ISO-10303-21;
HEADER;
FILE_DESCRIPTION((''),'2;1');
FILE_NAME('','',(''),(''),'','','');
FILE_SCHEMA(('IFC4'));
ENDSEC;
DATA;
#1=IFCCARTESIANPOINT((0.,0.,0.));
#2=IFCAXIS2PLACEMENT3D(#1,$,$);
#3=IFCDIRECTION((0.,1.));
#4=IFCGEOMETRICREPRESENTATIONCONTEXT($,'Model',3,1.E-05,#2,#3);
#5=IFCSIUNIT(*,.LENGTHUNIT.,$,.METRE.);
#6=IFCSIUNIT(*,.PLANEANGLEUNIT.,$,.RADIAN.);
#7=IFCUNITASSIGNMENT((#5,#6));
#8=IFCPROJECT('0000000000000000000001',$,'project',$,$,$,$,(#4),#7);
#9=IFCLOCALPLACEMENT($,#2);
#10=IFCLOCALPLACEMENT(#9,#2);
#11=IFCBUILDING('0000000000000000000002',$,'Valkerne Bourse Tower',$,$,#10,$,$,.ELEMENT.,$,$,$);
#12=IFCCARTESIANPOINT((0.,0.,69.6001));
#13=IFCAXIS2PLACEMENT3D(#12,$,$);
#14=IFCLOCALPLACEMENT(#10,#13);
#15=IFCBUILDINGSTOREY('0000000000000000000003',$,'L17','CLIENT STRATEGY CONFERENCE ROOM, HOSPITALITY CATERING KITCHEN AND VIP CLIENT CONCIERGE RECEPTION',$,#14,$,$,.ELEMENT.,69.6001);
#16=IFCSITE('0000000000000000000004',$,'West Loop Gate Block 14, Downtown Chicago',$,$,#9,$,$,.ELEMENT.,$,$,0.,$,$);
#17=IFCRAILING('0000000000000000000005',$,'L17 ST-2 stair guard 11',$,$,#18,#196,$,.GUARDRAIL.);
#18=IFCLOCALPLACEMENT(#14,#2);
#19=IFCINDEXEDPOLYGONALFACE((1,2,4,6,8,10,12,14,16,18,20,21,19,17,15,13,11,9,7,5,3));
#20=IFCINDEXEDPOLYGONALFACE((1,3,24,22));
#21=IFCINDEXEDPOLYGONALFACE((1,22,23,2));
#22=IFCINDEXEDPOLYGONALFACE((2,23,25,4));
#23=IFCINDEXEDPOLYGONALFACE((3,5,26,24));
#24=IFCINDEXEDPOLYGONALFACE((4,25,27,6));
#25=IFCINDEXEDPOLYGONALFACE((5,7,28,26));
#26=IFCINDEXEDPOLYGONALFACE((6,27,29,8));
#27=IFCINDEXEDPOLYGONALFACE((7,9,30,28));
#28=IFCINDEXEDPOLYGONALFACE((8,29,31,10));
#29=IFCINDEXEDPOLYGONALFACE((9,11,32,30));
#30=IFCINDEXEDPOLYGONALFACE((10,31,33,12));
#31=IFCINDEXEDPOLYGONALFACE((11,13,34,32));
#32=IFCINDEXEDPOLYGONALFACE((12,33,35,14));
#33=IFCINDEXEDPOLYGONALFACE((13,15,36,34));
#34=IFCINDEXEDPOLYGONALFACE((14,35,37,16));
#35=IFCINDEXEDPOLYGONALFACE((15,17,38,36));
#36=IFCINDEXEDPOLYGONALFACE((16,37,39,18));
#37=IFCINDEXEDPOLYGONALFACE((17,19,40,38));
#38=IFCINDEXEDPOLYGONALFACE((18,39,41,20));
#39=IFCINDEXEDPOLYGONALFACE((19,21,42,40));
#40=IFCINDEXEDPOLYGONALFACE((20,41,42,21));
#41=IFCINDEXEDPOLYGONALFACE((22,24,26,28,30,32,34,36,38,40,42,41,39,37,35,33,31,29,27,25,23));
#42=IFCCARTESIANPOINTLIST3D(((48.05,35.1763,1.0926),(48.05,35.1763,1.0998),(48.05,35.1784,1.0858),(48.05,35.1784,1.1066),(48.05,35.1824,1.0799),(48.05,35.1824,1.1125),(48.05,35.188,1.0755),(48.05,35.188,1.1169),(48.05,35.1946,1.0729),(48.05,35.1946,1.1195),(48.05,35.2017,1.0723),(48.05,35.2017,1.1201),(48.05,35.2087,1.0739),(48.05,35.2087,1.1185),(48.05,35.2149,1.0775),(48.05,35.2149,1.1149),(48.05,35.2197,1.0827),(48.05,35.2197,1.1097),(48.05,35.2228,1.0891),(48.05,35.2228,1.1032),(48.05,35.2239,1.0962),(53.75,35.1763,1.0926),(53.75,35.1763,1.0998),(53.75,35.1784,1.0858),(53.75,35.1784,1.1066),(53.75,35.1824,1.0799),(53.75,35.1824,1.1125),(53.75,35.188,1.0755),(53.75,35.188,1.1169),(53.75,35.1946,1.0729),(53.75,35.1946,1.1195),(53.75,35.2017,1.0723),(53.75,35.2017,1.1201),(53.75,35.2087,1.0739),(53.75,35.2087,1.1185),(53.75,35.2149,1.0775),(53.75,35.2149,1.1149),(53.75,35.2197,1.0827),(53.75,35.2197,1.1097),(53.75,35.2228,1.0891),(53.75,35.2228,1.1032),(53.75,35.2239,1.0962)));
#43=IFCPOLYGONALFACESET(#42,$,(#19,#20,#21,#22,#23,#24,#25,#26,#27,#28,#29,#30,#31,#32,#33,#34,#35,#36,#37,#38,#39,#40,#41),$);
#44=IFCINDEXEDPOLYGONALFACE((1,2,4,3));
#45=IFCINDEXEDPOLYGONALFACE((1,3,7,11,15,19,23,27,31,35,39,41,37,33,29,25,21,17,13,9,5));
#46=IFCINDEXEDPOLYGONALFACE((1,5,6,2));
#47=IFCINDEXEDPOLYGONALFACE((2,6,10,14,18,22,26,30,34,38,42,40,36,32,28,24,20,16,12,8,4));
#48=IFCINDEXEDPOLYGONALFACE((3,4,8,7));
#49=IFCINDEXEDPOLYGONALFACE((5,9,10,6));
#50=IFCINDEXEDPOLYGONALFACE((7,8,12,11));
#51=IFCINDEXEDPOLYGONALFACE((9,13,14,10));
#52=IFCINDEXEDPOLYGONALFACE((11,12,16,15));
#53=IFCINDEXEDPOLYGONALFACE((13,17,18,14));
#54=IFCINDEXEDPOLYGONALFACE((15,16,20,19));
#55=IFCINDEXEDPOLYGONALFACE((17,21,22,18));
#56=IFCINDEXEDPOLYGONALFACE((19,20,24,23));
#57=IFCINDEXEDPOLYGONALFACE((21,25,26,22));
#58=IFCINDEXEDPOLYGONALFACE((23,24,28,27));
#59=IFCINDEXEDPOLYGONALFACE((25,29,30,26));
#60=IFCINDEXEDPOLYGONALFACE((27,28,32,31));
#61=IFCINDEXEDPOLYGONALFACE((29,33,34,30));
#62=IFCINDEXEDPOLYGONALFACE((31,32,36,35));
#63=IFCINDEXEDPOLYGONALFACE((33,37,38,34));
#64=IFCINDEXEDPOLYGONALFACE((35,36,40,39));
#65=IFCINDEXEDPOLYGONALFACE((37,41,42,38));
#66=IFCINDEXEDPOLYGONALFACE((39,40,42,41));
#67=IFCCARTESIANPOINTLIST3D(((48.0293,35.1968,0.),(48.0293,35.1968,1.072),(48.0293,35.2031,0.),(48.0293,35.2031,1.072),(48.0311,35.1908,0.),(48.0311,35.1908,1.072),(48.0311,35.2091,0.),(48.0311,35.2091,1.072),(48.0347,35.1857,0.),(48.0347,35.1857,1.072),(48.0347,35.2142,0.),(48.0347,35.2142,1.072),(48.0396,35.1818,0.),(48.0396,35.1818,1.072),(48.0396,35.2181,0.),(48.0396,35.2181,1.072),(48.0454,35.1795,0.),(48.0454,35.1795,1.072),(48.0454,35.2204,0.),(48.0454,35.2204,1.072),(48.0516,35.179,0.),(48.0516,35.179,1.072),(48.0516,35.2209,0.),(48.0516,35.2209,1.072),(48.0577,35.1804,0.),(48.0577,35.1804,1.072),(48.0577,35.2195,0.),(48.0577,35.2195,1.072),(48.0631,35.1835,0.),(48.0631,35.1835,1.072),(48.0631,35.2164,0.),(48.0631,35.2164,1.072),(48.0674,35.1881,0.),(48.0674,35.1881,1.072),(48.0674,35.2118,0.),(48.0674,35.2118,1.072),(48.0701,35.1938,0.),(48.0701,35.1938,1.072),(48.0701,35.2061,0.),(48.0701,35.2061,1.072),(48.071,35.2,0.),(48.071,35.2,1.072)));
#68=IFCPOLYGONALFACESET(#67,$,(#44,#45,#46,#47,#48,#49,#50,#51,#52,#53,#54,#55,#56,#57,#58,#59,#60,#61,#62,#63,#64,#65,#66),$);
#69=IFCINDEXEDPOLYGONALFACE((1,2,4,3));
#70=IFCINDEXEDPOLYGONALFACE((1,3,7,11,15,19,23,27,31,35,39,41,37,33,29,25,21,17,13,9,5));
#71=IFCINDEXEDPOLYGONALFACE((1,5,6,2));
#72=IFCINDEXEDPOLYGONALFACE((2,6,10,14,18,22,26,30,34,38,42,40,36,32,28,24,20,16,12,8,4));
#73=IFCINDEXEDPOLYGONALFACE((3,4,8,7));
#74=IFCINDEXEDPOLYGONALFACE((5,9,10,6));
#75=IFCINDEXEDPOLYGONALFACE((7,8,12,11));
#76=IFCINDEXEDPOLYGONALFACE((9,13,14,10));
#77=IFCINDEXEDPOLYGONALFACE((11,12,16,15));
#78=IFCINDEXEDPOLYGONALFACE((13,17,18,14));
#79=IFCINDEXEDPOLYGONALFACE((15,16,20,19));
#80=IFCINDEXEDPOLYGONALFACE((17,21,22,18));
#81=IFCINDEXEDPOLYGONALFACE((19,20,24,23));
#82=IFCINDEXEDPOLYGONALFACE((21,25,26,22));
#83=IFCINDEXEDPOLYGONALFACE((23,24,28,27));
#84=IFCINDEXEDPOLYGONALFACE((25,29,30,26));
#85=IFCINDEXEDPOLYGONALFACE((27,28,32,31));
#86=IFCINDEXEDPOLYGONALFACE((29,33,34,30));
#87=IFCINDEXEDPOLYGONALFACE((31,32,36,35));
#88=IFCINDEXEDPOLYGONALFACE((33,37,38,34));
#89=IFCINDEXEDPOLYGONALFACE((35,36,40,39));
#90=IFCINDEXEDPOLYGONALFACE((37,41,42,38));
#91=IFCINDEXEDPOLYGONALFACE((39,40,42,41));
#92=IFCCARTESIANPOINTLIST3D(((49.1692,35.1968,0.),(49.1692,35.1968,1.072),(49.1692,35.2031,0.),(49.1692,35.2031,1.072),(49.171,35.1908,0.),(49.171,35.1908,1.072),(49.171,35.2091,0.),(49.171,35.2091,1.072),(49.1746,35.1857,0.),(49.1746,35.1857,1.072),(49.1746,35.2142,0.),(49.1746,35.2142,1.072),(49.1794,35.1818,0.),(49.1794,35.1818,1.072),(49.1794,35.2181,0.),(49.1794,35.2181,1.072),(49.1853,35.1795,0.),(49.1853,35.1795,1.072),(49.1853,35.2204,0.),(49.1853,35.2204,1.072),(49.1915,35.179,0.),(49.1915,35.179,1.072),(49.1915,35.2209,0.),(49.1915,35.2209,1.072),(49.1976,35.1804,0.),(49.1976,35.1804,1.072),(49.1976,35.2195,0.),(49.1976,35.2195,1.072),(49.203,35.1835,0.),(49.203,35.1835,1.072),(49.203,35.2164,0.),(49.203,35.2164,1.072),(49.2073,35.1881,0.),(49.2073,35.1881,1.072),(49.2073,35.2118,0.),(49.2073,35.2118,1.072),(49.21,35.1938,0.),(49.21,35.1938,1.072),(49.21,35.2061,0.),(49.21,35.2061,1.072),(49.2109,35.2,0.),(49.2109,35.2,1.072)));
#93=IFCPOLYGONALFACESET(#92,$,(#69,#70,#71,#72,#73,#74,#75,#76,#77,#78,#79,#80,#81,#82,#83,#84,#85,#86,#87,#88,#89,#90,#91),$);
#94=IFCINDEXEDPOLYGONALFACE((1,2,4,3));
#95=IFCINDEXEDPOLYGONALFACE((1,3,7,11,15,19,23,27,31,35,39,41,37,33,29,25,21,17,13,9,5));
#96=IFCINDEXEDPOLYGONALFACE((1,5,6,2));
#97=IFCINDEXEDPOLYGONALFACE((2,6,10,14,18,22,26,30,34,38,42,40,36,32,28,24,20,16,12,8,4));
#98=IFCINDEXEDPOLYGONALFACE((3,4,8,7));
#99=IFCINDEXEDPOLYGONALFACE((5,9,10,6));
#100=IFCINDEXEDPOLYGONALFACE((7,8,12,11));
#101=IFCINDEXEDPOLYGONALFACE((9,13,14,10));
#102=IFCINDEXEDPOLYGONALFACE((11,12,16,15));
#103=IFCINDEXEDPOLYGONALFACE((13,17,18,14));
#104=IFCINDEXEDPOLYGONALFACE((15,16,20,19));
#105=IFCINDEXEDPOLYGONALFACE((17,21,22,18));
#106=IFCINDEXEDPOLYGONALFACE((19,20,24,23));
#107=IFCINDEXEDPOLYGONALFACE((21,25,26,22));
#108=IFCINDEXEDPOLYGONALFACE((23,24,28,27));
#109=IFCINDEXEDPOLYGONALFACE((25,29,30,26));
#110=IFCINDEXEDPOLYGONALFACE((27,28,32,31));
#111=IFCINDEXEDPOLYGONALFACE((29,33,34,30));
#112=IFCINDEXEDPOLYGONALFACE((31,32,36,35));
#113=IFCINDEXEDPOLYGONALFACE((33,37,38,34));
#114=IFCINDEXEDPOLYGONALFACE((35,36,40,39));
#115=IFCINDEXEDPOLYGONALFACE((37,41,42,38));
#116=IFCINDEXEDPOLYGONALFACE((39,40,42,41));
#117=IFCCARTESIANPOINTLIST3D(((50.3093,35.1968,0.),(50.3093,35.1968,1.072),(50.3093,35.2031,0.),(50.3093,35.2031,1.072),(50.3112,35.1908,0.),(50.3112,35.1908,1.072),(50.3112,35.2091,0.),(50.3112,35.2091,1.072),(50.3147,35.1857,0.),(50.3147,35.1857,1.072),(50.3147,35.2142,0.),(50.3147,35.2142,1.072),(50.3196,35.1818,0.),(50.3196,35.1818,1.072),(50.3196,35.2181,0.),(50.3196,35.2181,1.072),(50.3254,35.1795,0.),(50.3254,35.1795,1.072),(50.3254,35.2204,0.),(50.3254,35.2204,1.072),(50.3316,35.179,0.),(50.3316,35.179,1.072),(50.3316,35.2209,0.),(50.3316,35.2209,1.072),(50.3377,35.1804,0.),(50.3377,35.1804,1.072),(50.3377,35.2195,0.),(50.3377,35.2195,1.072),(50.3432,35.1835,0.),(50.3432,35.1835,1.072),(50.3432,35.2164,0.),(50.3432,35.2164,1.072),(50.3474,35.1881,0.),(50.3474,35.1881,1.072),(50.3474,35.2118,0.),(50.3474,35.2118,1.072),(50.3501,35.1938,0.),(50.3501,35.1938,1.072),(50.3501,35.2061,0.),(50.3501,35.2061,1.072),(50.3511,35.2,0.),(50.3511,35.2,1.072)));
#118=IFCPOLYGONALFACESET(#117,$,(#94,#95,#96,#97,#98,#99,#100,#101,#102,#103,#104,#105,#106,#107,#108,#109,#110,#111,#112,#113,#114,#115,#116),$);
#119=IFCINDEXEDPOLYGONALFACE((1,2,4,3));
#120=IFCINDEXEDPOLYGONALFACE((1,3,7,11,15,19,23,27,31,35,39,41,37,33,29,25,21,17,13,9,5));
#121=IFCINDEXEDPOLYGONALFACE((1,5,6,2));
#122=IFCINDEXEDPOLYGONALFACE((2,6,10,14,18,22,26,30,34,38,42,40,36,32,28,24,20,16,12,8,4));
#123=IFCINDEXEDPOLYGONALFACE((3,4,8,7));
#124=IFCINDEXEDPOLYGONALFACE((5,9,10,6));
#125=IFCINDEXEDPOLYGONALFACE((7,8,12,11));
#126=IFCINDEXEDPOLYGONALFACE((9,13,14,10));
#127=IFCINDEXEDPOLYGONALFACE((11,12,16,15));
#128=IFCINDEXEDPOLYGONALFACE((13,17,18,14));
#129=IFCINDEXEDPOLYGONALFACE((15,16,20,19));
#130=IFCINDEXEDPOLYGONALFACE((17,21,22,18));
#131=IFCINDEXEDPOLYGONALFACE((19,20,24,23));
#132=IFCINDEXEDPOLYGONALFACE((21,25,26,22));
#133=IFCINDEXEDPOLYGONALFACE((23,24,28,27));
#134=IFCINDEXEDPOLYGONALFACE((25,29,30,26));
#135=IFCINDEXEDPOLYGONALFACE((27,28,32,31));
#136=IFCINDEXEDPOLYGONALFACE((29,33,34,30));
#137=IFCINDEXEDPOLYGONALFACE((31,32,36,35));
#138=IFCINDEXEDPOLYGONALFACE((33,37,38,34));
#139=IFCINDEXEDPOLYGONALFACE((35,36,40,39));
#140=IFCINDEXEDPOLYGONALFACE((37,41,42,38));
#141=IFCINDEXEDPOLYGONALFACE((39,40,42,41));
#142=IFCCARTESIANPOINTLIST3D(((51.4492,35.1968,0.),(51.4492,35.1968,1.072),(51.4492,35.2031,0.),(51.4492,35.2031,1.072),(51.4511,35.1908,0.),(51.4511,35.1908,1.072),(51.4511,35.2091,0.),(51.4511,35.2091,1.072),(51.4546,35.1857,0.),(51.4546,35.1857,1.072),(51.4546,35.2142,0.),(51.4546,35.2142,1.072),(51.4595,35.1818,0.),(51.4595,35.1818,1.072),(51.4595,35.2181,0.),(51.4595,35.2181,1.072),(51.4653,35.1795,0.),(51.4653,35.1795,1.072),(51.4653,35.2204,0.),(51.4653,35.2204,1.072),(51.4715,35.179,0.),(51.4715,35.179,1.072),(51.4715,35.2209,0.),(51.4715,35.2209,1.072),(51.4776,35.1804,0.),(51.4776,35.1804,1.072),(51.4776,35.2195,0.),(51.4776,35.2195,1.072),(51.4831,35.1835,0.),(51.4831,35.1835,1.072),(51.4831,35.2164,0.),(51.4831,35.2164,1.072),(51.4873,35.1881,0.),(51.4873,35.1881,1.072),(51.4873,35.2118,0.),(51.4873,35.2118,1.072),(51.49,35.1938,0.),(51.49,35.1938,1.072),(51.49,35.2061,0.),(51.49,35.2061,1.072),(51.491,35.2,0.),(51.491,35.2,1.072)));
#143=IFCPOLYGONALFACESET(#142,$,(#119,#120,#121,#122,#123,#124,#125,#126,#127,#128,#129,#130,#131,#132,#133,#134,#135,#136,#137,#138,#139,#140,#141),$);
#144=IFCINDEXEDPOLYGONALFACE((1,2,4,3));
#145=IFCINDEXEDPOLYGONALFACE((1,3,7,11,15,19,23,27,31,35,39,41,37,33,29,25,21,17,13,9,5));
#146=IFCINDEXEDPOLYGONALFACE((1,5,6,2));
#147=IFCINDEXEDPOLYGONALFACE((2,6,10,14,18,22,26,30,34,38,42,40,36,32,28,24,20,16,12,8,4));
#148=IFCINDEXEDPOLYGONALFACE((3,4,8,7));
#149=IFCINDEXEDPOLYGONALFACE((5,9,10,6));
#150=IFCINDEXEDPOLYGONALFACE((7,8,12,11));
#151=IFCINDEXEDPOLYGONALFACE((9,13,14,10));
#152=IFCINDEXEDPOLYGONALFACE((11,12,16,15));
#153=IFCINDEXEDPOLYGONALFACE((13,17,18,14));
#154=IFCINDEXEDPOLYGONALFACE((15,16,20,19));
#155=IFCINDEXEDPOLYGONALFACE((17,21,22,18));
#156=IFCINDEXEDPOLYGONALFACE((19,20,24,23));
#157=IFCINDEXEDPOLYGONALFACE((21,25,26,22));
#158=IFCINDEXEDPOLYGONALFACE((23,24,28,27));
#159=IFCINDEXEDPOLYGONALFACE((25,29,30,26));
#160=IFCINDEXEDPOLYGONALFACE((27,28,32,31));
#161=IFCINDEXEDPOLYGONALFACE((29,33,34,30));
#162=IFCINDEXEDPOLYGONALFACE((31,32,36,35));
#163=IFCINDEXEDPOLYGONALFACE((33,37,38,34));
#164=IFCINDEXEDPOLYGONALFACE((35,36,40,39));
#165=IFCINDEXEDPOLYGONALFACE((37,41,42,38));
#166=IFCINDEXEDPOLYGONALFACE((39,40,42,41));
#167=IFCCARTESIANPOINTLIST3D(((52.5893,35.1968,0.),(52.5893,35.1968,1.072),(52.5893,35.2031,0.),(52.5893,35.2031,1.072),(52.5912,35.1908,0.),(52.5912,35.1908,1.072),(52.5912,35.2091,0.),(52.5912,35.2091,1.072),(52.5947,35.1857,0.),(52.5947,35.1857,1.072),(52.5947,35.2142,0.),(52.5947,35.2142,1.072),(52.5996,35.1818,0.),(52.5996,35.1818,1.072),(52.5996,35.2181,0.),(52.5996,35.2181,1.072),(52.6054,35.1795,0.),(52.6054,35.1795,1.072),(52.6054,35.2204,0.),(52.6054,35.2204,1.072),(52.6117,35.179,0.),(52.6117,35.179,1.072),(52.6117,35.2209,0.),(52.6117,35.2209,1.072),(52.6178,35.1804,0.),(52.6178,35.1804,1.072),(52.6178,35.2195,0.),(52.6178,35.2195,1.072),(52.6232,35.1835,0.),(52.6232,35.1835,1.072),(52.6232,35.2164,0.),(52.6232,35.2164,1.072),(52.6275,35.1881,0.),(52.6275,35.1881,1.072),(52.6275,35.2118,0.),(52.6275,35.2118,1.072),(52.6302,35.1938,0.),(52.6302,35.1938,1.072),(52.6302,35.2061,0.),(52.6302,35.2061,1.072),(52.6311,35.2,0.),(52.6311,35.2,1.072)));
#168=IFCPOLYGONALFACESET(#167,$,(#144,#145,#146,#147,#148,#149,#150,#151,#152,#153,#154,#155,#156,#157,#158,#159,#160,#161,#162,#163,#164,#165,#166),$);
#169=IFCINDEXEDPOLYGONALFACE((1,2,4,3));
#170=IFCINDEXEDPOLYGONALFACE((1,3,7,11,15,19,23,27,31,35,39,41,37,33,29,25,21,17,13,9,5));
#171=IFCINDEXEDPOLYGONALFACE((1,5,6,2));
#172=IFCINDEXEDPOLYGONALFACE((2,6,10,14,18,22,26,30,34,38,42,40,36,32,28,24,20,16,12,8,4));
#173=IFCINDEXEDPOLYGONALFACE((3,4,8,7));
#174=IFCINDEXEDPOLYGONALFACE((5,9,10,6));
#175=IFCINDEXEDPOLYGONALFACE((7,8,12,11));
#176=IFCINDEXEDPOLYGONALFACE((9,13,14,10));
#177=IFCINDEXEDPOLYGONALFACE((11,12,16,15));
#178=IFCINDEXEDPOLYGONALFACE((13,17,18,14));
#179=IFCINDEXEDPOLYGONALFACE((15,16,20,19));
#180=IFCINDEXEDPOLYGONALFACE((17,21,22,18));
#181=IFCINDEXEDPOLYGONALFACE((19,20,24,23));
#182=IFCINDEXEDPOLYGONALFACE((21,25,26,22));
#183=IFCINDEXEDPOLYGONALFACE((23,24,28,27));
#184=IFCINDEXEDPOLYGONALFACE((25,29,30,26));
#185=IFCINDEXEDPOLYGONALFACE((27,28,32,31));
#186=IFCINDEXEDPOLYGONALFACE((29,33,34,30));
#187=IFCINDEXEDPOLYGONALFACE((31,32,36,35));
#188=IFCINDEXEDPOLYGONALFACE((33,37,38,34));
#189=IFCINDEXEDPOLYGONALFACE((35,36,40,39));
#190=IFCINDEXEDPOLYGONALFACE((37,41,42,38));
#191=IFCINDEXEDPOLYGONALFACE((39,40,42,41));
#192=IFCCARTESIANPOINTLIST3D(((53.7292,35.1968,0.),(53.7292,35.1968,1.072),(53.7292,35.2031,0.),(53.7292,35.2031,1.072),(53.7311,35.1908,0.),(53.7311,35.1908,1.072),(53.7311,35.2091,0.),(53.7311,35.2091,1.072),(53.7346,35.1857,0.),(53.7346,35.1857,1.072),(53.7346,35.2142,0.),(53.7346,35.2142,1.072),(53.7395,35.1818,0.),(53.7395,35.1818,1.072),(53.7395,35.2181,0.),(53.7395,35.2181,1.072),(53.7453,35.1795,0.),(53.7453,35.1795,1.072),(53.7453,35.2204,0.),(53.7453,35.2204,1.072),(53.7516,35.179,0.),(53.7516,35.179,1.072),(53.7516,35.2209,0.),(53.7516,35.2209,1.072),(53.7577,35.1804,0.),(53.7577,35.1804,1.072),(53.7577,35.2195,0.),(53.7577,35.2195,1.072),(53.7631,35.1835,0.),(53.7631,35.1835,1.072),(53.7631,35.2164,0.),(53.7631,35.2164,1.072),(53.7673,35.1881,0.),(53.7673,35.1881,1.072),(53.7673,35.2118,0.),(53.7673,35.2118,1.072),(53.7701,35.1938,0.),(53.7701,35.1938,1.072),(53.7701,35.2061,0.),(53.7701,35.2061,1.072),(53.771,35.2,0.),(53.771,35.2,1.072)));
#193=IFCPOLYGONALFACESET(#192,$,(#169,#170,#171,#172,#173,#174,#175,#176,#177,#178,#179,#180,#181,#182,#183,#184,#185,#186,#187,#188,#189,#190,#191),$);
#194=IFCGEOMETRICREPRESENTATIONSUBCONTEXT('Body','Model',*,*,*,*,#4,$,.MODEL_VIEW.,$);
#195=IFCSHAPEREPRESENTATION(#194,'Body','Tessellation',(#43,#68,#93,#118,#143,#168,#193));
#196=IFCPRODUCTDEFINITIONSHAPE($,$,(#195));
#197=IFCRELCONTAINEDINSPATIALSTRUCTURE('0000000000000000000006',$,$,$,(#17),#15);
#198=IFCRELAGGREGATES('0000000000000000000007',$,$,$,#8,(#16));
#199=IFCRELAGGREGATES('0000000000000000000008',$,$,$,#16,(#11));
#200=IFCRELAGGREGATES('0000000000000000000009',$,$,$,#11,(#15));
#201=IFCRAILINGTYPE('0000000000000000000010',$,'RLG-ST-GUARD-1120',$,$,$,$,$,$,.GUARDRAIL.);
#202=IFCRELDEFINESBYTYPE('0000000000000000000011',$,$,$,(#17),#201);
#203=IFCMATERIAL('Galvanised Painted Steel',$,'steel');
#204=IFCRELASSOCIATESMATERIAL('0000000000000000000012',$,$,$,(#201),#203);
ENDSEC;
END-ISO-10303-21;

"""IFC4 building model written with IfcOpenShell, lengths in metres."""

from ifc_helpers import new_model, si_unit, direction, frame, origin, origin_2d, place, context, subcontext, project, spatial, circle, extrude, material, type_object, element, save


model = new_model("IFC4")

# Units and contexts
model_context = context("Model", 3, precision=1e-05, world=origin(), true_north=direction((0.0, 1.0)))
body_context = subcontext(model_context, "Body", "Model", "MODEL_VIEW")
ifc_project = project(units=[si_unit("LENGTHUNIT", "METRE"), si_unit("PLANEANGLEUNIT", "RADIAN")], contexts=[model_context])

# Site, building, storey
site_placement = place(None, origin())
site = spatial("IfcSite", under=ifc_project, at=site_placement, Name="West Loop Gate Block 14, Downtown Chicago", CompositionType="ELEMENT", RefElevation=0.0)
building_placement = place(site_placement, origin())
building = spatial("IfcBuilding", under=site, at=building_placement, Name="Valkerne Bourse Tower", CompositionType="ELEMENT")
storey_placement = place(building_placement, frame((0.0, 0.0, 69.6001)))
storey = spatial("IfcBuildingStorey", under=building, at=storey_placement, Name="L17", Description="CLIENT STRATEGY CONFERENCE ROOM, HOSPITALITY CATERING KITCHEN AND VIP CLIENT CONCIERGE RECEPTION", CompositionType="ELEMENT", Elevation=69.6001)

# Shared definitions
ifc_material_1 = material(Name="Galvanised Painted Steel", Category="steel")

# Railing
railing_type_1 = type_object("IfcRailingType", Name="RLG-ST-GUARD-1120", PredefinedType="GUARDRAIL", material=ifc_material_1)
for number, where, name in (
    (1, (48.05, 35.2, 0.0), "L17 ST-2 stair guard 11"),
):
    element("IfcRailing", number, at=place(storey_placement, frame(where)), inside=storey, type_object=railing_type_1, Name=name, PredefinedType="GUARDRAIL", context=body_context, shape_type="SweptSolid", body=[
        extrude(circle(Radius=0.0239, at=origin_2d()), frame((0.0, 0.0, 1.0962), z_axis=(1.0, 0.0, 0.0), x_axis=(0.0, 1.0, 0.0)), (0.0, 0.0, 1.0), 5.7),
        extrude(circle(Radius=0.021, at=origin_2d()), origin(), (0.0, 0.0, 1.0), 1.072),
        extrude(circle(Radius=0.021, at=origin_2d()), frame((1.1399, 0.0, 0.0)), (0.0, 0.0, 1.0), 1.072),
        extrude(circle(Radius=0.021, at=origin_2d()), frame((2.28, 0.0, 0.0)), (0.0, 0.0, 1.0), 1.072),
        extrude(circle(Radius=0.021, at=origin_2d()), frame((3.4199, 0.0, 0.0)), (0.0, 0.0, 1.0), 1.072),
        extrude(circle(Radius=0.021, at=origin_2d()), frame((4.5601, 0.0, 0.0)), (0.0, 0.0, 1.0), 1.072),
        extrude(circle(Radius=0.021, at=origin_2d()), frame((5.7, 0.0, 0.0)), (0.0, 0.0, 1.0), 1.072),
    ])

save(model, "model.ifc")
